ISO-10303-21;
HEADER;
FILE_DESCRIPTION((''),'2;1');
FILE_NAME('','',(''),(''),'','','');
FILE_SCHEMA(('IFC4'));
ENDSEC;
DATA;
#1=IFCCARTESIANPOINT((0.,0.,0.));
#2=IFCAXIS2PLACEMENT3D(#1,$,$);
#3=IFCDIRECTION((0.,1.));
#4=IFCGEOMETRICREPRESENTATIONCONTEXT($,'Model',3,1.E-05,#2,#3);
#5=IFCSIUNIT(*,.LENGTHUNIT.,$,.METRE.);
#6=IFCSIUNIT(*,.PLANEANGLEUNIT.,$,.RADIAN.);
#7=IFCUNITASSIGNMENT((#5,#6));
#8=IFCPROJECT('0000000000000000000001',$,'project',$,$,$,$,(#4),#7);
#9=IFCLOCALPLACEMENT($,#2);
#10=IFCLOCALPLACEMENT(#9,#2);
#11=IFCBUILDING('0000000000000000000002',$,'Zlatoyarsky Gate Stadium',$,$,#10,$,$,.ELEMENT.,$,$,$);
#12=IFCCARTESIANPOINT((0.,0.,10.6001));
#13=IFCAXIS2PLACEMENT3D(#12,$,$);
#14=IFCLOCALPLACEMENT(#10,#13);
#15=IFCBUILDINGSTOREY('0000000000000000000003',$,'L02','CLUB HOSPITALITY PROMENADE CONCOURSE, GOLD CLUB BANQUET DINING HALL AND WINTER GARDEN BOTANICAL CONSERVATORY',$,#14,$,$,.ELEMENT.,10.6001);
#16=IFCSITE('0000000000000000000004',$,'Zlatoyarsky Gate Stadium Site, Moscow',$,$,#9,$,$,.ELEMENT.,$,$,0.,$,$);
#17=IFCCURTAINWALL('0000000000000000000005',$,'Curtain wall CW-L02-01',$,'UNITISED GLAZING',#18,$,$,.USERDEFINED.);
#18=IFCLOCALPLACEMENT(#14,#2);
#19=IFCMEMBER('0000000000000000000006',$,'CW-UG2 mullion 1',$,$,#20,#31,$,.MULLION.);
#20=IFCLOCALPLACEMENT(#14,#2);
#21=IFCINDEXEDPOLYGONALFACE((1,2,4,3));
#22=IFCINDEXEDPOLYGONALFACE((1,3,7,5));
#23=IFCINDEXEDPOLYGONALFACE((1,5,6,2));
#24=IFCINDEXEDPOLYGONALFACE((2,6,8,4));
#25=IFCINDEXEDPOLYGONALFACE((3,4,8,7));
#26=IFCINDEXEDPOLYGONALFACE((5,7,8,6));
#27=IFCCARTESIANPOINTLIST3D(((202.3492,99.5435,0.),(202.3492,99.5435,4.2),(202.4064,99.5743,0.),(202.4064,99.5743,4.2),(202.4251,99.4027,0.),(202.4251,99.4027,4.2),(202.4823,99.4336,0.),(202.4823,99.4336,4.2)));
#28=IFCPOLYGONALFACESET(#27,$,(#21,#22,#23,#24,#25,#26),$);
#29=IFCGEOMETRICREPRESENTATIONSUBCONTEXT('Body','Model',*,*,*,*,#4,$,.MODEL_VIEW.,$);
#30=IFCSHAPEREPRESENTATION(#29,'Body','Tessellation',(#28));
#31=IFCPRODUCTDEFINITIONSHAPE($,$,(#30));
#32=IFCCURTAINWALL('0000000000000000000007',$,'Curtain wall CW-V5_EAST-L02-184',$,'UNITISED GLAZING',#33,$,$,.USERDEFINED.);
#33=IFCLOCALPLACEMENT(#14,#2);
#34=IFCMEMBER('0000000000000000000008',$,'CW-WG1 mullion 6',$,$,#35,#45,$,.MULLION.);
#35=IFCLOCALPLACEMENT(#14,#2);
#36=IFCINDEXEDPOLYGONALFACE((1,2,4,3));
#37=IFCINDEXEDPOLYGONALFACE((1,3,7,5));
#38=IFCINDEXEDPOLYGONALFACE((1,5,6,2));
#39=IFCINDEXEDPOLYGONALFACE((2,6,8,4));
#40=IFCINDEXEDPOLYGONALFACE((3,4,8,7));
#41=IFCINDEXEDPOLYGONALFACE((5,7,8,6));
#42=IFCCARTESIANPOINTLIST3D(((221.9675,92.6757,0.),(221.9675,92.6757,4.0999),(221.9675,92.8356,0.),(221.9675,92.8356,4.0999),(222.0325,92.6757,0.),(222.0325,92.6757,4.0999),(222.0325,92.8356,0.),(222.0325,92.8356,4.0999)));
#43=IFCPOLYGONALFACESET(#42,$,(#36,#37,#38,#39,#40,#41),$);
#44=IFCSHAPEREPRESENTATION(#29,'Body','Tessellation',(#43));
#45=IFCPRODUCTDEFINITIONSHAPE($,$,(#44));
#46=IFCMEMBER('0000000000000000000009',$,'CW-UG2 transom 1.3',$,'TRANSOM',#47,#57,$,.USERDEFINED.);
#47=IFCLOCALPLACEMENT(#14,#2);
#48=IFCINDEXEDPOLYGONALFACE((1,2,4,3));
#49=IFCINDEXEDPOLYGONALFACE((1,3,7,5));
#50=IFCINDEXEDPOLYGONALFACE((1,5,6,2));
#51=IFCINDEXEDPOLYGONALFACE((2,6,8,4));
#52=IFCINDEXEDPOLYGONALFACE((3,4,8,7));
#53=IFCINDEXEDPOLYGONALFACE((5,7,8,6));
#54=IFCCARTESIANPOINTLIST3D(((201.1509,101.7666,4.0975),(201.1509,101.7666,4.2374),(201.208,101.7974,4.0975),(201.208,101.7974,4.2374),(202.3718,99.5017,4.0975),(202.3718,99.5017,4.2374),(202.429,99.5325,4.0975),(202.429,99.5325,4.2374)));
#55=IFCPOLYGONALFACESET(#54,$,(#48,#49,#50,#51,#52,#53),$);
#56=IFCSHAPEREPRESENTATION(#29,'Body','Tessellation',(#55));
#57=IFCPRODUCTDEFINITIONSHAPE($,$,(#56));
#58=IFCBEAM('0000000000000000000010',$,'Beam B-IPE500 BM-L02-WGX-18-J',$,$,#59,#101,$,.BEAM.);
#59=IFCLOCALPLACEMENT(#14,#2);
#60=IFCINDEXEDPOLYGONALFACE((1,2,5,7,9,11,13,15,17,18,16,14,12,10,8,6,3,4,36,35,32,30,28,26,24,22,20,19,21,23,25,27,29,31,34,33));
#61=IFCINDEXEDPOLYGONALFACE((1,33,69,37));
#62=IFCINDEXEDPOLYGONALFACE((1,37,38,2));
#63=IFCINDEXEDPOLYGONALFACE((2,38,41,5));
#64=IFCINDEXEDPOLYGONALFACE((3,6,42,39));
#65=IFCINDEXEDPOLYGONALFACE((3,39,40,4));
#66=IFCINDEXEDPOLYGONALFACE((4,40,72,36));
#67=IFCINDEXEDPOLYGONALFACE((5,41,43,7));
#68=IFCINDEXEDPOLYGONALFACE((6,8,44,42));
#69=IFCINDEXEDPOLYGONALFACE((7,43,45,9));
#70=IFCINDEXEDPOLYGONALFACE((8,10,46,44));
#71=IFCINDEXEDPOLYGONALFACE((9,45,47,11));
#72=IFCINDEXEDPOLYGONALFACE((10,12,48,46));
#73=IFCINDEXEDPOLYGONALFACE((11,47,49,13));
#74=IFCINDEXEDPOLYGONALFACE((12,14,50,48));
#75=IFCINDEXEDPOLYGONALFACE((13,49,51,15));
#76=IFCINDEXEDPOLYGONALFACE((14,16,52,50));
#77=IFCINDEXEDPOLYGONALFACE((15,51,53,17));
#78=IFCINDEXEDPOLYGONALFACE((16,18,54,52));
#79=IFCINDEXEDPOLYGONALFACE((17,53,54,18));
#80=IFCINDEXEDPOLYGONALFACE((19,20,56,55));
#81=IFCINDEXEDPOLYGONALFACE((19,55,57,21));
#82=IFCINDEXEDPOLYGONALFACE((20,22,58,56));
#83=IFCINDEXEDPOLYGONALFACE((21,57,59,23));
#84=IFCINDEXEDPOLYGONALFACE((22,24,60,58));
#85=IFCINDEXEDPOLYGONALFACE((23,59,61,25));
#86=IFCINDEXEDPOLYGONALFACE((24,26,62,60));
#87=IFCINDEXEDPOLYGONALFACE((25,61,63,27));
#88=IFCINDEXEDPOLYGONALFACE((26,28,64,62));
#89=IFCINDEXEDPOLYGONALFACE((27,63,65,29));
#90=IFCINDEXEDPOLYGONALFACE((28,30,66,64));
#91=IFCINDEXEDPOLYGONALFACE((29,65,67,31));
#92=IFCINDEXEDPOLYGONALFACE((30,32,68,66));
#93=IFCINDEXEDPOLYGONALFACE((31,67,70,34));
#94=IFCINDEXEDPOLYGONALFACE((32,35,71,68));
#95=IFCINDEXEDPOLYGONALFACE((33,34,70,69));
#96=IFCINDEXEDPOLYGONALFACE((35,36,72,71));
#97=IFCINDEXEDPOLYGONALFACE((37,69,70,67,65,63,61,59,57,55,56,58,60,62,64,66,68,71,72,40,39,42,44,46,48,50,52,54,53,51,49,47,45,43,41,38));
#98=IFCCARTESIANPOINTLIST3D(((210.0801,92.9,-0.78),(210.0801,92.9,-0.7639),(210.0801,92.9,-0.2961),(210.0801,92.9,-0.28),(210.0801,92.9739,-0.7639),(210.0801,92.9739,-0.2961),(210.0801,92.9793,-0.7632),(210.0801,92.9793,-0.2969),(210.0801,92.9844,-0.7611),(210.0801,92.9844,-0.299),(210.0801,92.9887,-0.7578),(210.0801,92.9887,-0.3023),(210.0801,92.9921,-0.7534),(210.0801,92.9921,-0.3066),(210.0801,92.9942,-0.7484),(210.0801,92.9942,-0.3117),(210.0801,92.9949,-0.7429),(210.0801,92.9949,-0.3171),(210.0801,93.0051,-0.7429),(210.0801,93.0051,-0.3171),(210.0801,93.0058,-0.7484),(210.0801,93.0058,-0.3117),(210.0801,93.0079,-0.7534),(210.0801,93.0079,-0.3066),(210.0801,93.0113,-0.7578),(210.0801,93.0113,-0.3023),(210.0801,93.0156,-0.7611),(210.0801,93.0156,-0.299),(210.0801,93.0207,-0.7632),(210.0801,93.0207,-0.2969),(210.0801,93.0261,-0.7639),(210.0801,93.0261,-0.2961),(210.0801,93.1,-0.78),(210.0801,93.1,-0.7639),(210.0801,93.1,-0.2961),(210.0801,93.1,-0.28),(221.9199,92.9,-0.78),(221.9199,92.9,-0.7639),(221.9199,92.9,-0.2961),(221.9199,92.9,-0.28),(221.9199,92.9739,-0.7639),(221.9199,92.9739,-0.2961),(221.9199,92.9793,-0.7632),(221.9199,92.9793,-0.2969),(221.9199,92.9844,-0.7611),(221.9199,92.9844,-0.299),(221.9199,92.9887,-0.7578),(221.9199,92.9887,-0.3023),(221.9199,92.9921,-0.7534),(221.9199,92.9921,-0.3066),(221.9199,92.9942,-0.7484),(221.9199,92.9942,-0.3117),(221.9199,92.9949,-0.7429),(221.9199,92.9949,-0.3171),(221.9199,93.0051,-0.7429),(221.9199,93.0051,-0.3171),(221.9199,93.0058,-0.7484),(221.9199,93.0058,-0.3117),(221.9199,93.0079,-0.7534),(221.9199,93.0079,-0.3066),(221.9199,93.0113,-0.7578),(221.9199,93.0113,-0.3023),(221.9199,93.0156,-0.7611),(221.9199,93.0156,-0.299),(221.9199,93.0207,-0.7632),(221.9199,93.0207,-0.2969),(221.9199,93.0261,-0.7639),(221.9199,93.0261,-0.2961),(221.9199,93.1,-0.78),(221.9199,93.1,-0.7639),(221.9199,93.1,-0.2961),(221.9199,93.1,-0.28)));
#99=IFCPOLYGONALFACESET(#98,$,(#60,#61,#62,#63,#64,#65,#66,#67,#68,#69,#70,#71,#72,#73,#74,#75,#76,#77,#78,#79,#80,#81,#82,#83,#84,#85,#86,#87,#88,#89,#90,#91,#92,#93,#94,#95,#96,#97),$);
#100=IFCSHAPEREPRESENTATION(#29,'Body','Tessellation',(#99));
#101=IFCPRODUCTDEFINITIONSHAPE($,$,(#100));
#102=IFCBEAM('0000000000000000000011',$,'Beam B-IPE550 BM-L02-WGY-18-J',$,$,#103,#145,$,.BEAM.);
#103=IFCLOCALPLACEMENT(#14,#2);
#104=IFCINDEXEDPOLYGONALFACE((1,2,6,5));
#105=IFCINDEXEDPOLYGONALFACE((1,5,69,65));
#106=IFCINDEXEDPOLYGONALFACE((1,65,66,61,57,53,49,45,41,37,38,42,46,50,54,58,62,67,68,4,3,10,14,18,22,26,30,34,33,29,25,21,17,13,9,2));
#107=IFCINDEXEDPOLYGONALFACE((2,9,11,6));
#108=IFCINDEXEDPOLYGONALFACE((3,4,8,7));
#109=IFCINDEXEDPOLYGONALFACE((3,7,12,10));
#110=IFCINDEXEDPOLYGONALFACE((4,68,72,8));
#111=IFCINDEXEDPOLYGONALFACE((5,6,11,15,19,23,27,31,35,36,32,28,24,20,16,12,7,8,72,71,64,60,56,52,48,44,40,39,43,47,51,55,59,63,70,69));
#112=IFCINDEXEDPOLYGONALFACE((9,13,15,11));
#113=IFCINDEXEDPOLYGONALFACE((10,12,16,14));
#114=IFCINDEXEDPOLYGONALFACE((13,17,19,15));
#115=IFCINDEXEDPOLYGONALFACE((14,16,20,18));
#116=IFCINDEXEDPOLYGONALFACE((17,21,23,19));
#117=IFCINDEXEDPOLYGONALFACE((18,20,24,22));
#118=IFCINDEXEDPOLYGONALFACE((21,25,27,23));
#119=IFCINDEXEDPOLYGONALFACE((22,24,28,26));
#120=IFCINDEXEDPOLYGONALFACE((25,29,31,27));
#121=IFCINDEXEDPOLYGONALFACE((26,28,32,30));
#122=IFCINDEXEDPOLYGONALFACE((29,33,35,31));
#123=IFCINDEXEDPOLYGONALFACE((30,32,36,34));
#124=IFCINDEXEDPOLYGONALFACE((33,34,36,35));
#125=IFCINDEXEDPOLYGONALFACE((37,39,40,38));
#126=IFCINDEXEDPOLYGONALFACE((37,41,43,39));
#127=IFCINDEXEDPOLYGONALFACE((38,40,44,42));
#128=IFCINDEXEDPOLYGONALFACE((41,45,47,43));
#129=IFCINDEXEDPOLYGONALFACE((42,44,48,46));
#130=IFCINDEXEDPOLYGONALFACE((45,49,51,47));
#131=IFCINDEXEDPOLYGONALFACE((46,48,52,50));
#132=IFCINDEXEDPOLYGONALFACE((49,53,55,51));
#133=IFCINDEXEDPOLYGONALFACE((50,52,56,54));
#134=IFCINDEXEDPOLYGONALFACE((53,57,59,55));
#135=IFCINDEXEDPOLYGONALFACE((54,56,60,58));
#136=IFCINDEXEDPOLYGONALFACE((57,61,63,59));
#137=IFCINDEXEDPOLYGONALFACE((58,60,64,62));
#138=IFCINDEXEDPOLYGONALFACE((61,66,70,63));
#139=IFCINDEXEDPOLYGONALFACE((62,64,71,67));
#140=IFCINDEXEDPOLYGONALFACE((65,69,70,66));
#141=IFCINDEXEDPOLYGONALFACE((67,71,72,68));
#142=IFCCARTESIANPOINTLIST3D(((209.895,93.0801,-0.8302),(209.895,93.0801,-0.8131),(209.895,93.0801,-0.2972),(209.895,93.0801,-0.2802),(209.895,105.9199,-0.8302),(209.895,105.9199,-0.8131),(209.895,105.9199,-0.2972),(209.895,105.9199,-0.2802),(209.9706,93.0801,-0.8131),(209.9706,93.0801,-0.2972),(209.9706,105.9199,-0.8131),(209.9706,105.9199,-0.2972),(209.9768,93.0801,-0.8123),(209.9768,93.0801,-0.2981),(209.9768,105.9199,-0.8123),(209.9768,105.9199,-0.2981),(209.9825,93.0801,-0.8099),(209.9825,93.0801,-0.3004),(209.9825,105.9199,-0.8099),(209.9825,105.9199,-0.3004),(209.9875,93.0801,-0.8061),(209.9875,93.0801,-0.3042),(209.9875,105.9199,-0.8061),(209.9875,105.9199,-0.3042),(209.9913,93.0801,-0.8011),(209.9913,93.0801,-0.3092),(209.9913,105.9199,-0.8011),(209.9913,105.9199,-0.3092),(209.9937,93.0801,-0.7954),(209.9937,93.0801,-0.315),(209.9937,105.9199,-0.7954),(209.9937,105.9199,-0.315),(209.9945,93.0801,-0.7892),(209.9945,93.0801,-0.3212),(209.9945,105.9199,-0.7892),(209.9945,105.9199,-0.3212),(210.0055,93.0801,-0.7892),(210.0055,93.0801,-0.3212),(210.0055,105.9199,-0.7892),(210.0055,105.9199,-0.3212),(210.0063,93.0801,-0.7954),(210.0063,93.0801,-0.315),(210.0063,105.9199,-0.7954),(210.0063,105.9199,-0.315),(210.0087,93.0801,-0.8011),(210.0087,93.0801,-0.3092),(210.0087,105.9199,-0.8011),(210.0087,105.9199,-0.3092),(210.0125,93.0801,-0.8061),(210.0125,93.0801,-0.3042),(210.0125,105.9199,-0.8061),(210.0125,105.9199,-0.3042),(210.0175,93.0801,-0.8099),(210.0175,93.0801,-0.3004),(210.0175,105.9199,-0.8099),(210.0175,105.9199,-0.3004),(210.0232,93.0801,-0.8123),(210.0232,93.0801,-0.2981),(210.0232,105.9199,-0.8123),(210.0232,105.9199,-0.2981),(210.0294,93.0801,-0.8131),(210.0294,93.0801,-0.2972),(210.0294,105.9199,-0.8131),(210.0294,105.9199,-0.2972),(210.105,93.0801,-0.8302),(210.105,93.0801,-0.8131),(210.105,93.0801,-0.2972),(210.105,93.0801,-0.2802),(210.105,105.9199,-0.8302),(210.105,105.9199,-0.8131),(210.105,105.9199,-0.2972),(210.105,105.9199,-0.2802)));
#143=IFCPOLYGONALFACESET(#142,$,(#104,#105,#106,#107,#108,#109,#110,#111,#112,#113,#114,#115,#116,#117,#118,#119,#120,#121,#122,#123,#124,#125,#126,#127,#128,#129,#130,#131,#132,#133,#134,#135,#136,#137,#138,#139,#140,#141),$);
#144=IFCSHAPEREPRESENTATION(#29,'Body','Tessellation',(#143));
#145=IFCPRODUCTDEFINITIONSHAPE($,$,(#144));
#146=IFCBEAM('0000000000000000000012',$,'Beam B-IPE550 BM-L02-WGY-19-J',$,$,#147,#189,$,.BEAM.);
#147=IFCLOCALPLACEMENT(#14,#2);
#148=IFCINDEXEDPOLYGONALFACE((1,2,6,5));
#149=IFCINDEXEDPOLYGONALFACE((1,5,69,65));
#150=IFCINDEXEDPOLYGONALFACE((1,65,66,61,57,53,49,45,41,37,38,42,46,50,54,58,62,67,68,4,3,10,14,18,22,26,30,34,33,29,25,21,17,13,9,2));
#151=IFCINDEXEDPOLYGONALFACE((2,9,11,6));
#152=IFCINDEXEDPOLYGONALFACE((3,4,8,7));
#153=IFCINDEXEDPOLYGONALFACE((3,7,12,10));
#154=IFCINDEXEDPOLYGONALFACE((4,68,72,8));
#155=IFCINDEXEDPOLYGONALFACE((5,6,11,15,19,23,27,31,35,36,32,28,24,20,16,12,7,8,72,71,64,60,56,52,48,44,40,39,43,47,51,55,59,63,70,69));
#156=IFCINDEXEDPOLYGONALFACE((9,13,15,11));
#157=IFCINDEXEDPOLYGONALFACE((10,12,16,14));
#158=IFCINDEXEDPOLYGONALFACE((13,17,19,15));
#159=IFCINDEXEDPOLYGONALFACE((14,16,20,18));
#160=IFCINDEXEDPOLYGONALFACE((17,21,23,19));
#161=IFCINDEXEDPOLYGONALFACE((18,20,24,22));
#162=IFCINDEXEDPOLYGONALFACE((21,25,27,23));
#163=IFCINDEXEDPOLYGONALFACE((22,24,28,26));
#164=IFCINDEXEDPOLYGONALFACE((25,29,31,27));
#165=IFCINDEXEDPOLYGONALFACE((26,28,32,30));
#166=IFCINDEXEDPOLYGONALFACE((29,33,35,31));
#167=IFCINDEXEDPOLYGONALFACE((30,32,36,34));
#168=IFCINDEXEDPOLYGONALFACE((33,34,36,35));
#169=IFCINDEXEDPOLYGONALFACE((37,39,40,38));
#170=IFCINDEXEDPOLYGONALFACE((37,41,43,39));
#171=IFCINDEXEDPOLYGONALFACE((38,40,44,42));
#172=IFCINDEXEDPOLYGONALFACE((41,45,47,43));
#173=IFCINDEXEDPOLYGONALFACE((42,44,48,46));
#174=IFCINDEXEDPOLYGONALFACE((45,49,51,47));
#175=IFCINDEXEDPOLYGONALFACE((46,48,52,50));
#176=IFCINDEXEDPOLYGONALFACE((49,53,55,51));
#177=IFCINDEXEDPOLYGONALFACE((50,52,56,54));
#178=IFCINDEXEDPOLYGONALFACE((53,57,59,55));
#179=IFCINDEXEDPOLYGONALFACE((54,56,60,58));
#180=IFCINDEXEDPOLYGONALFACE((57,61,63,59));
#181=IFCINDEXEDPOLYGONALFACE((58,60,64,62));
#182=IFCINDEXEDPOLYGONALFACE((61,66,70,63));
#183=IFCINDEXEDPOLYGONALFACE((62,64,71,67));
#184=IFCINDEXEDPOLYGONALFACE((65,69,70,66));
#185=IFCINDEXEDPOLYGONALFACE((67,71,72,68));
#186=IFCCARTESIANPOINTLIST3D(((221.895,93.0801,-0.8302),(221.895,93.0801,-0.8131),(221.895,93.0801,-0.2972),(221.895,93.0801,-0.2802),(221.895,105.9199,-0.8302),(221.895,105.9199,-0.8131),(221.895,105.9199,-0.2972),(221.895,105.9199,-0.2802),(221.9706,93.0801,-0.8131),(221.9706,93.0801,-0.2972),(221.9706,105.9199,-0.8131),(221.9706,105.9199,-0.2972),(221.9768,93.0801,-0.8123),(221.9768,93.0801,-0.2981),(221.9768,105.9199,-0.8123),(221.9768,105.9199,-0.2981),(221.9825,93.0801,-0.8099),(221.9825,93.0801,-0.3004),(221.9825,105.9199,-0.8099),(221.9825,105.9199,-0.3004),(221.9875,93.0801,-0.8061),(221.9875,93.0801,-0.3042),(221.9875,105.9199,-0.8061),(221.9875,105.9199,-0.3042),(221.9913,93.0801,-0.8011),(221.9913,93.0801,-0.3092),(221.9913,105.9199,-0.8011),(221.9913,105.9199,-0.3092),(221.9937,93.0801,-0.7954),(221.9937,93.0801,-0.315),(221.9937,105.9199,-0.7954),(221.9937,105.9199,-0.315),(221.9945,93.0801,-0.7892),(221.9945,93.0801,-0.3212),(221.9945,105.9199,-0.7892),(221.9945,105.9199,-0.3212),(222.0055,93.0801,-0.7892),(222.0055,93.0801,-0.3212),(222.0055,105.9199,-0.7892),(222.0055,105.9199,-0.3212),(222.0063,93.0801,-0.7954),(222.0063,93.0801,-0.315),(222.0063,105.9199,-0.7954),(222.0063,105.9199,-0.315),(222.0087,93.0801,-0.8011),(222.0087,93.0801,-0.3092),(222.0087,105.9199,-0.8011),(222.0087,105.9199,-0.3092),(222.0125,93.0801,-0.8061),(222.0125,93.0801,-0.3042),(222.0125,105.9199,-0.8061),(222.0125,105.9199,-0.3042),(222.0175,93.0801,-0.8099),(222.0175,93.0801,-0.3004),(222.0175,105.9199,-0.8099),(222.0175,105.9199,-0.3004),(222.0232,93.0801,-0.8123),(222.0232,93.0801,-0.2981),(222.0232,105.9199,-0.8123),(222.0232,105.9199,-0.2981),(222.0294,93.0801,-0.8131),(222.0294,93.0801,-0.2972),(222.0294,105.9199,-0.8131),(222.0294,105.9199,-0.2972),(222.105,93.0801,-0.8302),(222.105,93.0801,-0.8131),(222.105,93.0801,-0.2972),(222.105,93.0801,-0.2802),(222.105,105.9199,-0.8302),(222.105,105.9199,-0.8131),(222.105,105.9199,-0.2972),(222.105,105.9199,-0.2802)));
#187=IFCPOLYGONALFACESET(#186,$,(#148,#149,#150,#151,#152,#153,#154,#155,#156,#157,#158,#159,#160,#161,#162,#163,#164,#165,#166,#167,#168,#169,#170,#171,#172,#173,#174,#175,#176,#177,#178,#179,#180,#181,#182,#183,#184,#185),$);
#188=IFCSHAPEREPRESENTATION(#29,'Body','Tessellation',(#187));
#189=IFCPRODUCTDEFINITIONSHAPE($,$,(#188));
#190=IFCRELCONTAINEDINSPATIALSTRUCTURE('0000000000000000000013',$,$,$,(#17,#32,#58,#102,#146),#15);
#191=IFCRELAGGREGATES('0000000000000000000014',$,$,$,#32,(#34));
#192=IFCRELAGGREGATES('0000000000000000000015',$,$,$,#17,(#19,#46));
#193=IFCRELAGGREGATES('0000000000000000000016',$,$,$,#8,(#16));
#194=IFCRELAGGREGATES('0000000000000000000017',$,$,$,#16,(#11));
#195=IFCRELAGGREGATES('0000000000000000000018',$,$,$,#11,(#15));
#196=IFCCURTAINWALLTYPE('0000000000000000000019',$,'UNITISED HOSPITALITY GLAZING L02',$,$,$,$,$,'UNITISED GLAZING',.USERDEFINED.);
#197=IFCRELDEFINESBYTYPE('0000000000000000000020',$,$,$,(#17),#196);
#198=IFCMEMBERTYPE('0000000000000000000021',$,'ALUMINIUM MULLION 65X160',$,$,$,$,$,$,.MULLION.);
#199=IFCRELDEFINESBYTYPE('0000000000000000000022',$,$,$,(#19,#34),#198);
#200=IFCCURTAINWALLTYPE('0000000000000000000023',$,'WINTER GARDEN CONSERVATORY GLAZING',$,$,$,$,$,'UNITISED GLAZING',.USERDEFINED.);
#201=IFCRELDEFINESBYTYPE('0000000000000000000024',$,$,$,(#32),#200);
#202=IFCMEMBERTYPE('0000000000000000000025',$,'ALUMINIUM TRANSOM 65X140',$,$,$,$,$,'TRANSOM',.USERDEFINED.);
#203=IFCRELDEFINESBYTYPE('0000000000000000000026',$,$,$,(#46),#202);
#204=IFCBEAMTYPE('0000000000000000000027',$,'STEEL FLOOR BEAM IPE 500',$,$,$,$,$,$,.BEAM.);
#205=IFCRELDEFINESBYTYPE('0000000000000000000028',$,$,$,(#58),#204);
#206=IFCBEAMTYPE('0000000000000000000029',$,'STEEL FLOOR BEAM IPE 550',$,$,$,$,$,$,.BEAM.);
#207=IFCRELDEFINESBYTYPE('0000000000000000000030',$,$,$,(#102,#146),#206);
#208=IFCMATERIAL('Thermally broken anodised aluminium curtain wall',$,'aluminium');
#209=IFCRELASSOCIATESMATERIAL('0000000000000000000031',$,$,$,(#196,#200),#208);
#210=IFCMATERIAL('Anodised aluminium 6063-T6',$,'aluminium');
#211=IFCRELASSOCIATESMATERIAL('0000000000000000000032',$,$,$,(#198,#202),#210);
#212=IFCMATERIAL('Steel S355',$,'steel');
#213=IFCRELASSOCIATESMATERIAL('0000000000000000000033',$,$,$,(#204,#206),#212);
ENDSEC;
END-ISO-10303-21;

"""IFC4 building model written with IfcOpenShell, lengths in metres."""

from ifc_helpers import new_model, si_unit, direction, frame, origin, origin_2d, place, context, subcontext, project, spatial, rectangle, i_section, extrude, material, material_profile, profile_set, type_object, element, aggregate, save


model = new_model("IFC4")

# Units and contexts
model_context = context("Model", 3, precision=1e-05, world=origin(), true_north=direction((0.0, 1.0)))
body_context = subcontext(model_context, "Body", "Model", "MODEL_VIEW")
ifc_project = project(units=[si_unit("LENGTHUNIT", "METRE"), si_unit("PLANEANGLEUNIT", "RADIAN")], contexts=[model_context])

# Site, building, storey
site_placement = place(None, origin())
site = spatial("IfcSite", under=ifc_project, at=site_placement, Name="Zlatoyarsky Gate Stadium Site, Moscow", CompositionType="ELEMENT", RefElevation=0.0)
building_placement = place(site_placement, origin())
building = spatial("IfcBuilding", under=site, at=building_placement, Name="Zlatoyarsky Gate Stadium", CompositionType="ELEMENT")
storey_placement = place(building_placement, frame((0.0, 0.0, 10.6001)))
storey = spatial("IfcBuildingStorey", under=building, at=storey_placement, Name="L02", Description="CLUB HOSPITALITY PROMENADE CONCOURSE, GOLD CLUB BANQUET DINING HALL AND WINTER GARDEN BOTANICAL CONSERVATORY", CompositionType="ELEMENT", Elevation=10.6001)

# Shared definitions
ifc_material_1 = material(Name="Steel S355", Category="steel")

# Shared definitions
ifc_material_2 = material(Name="Thermally broken anodised aluminium curtain wall", Category="aluminium")
ifc_material_3 = material(Name="Anodised aluminium 6063-T6", Category="aluminium")

# Curtain walls, members
curtain_wall_type_1 = type_object("IfcCurtainWallType", Name="UNITISED HOSPITALITY GLAZING L02", ElementType="UNITISED GLAZING", PredefinedType="USERDEFINED", material=ifc_material_2)
curtain_wall_1_placement = place(storey_placement, origin())
curtain_wall_1 = element("IfcCurtainWall", 1, at=curtain_wall_1_placement, inside=storey, type_object=curtain_wall_type_1, Name="Curtain wall CW-L02-01", ObjectType="UNITISED GLAZING", PredefinedType="USERDEFINED")
ifc_material_profile_1 = material_profile(ifc_material_3, rectangle(XDim=0.0649, YDim=0.1599, at=origin_2d()), Name="ALU 65X160")
ifc_profile_set_1 = profile_set([ifc_material_profile_1], Name="Anodised aluminium 6063-T6")
member_type_1 = type_object("IfcMemberType", Name="ALUMINIUM MULLION 65X160", PredefinedType="MULLION", material=ifc_profile_set_1)
member_1_placement = place(storey_placement, frame((202.4158, 99.4885, 0.0), z_axis=(0.0, 0.0, 1.0), x_axis=(-0.880236, -0.474536, 0.0)))
member_1 = element("IfcMember", 2, at=member_1_placement, type_object=member_type_1, Name="CW-UG2 mullion 1", PredefinedType="MULLION", context=body_context, shape_type="SweptSolid", body=[
    extrude(rectangle(XDim=0.0649, YDim=0.1599, at=origin_2d()), origin(), (0.0, 0.0, 1.0), 4.2),
])
curtain_wall_type_2 = type_object("IfcCurtainWallType", Name="WINTER GARDEN CONSERVATORY GLAZING", ElementType="UNITISED GLAZING", PredefinedType="USERDEFINED", material=ifc_material_2)
curtain_wall_2_placement = place(storey_placement, origin())
curtain_wall_2 = element("IfcCurtainWall", 3, at=curtain_wall_2_placement, inside=storey, type_object=curtain_wall_type_2, Name="Curtain wall CW-V5_EAST-L02-184", ObjectType="UNITISED GLAZING", PredefinedType="USERDEFINED")
member_2_placement = place(storey_placement, frame((222.0, 92.7556, 0.0), z_axis=(0.0, 0.0, 1.0), x_axis=(-1.0, 0.0, 0.0)))
member_2 = element("IfcMember", 4, at=member_2_placement, type_object=member_type_1, Name="CW-WG1 mullion 6", PredefinedType="MULLION", context=body_context, shape_type="SweptSolid", body=[
    extrude(rectangle(XDim=0.0649, YDim=0.1599, at=origin_2d()), origin(), (0.0, 0.0, 1.0), 4.0999),
])
aggregate(curtain_wall_2, [member_2])

# Member
ifc_material_profile_2 = material_profile(ifc_material_3, rectangle(XDim=0.0649, YDim=0.1399, at=origin_2d()), Name="ALU 65X140")
ifc_profile_set_2 = profile_set([ifc_material_profile_2], Name="Anodised aluminium 6063-T6")
member_type_2 = type_object("IfcMemberType", Name="ALUMINIUM TRANSOM 65X140", ElementType="TRANSOM", PredefinedType="USERDEFINED", material=ifc_profile_set_2)
member_3_placement = place(storey_placement, frame((202.4004, 99.5171, 4.1675), z_axis=(-0.474518, 0.880246, 0.0), x_axis=(-0.880246, -0.474518, 0.0)))
member_3 = element("IfcMember", 5, at=member_3_placement, type_object=member_type_2, Name="CW-UG2 transom 1.3", ObjectType="TRANSOM", PredefinedType="USERDEFINED", context=body_context, shape_type="SweptSolid", body=[
    extrude(rectangle(XDim=0.0649, YDim=0.1399, at=origin_2d()), origin(), (0.0, 0.0, 1.0), 2.573),
])
aggregate(curtain_wall_1, [member_1, member_3])

# Beams
ifc_material_profile_3 = material_profile(ifc_material_1, i_section(OverallWidth=0.2, OverallDepth=0.5, WebThickness=0.0103, FlangeThickness=0.0161, FilletRadius=0.021, at=origin_2d()), Name="IPE 500")
ifc_profile_set_3 = profile_set([ifc_material_profile_3], Name="Steel S355")
beam_type_1 = type_object("IfcBeamType", Name="STEEL FLOOR BEAM IPE 500", PredefinedType="BEAM", material=ifc_profile_set_3)
beam_1_placement = place(storey_placement, frame((210.0801, 93.0, -0.53), z_axis=(1.0, 0.0, 0.0), x_axis=(0.0, 1.0, 0.0)))
element("IfcBeam", 6, at=beam_1_placement, inside=storey, type_object=beam_type_1, Name="Beam B-IPE500 BM-L02-WGX-18-J", PredefinedType="BEAM", context=body_context, shape_type="SweptSolid", body=[
    extrude(i_section(OverallWidth=0.2, OverallDepth=0.5, WebThickness=0.0103, FlangeThickness=0.0161, FilletRadius=0.021, at=origin_2d()), origin(), (0.0, 0.0, 1.0), 11.8398),
])
ifc_material_profile_4 = material_profile(ifc_material_1, i_section(OverallWidth=0.21, OverallDepth=0.55, WebThickness=0.011, FlangeThickness=0.0171, FilletRadius=0.0239, at=origin_2d()), Name="IPE 550")
ifc_profile_set_4 = profile_set([ifc_material_profile_4], Name="Steel S355")
beam_type_2 = type_object("IfcBeamType", Name="STEEL FLOOR BEAM IPE 550", PredefinedType="BEAM", material=ifc_profile_set_4)
for number, where, z_axis, x_axis, name in (
    (7, (210.0, 93.0801, -0.5552), (0.0, 1.0, 0.0), (-1.0, 0.0, 0.0), "Beam B-IPE550 BM-L02-WGY-18-J"),
    (8, (222.0, 93.0801, -0.5552), (0.0, 1.0, 0.0), (-1.0, 0.0, 0.0), "Beam B-IPE550 BM-L02-WGY-19-J"),
):
    element("IfcBeam", number, at=place(storey_placement, frame(where, z_axis=z_axis, x_axis=x_axis)), inside=storey, type_object=beam_type_2, Name=name, PredefinedType="BEAM", context=body_context, shape_type="SweptSolid", body=[
        extrude(i_section(OverallWidth=0.21, OverallDepth=0.55, WebThickness=0.011, FlangeThickness=0.0171, FilletRadius=0.0239, at=origin_2d()), origin(), (0.0, 0.0, 1.0), 12.8398),
    ])

save(model, "model.ifc")
